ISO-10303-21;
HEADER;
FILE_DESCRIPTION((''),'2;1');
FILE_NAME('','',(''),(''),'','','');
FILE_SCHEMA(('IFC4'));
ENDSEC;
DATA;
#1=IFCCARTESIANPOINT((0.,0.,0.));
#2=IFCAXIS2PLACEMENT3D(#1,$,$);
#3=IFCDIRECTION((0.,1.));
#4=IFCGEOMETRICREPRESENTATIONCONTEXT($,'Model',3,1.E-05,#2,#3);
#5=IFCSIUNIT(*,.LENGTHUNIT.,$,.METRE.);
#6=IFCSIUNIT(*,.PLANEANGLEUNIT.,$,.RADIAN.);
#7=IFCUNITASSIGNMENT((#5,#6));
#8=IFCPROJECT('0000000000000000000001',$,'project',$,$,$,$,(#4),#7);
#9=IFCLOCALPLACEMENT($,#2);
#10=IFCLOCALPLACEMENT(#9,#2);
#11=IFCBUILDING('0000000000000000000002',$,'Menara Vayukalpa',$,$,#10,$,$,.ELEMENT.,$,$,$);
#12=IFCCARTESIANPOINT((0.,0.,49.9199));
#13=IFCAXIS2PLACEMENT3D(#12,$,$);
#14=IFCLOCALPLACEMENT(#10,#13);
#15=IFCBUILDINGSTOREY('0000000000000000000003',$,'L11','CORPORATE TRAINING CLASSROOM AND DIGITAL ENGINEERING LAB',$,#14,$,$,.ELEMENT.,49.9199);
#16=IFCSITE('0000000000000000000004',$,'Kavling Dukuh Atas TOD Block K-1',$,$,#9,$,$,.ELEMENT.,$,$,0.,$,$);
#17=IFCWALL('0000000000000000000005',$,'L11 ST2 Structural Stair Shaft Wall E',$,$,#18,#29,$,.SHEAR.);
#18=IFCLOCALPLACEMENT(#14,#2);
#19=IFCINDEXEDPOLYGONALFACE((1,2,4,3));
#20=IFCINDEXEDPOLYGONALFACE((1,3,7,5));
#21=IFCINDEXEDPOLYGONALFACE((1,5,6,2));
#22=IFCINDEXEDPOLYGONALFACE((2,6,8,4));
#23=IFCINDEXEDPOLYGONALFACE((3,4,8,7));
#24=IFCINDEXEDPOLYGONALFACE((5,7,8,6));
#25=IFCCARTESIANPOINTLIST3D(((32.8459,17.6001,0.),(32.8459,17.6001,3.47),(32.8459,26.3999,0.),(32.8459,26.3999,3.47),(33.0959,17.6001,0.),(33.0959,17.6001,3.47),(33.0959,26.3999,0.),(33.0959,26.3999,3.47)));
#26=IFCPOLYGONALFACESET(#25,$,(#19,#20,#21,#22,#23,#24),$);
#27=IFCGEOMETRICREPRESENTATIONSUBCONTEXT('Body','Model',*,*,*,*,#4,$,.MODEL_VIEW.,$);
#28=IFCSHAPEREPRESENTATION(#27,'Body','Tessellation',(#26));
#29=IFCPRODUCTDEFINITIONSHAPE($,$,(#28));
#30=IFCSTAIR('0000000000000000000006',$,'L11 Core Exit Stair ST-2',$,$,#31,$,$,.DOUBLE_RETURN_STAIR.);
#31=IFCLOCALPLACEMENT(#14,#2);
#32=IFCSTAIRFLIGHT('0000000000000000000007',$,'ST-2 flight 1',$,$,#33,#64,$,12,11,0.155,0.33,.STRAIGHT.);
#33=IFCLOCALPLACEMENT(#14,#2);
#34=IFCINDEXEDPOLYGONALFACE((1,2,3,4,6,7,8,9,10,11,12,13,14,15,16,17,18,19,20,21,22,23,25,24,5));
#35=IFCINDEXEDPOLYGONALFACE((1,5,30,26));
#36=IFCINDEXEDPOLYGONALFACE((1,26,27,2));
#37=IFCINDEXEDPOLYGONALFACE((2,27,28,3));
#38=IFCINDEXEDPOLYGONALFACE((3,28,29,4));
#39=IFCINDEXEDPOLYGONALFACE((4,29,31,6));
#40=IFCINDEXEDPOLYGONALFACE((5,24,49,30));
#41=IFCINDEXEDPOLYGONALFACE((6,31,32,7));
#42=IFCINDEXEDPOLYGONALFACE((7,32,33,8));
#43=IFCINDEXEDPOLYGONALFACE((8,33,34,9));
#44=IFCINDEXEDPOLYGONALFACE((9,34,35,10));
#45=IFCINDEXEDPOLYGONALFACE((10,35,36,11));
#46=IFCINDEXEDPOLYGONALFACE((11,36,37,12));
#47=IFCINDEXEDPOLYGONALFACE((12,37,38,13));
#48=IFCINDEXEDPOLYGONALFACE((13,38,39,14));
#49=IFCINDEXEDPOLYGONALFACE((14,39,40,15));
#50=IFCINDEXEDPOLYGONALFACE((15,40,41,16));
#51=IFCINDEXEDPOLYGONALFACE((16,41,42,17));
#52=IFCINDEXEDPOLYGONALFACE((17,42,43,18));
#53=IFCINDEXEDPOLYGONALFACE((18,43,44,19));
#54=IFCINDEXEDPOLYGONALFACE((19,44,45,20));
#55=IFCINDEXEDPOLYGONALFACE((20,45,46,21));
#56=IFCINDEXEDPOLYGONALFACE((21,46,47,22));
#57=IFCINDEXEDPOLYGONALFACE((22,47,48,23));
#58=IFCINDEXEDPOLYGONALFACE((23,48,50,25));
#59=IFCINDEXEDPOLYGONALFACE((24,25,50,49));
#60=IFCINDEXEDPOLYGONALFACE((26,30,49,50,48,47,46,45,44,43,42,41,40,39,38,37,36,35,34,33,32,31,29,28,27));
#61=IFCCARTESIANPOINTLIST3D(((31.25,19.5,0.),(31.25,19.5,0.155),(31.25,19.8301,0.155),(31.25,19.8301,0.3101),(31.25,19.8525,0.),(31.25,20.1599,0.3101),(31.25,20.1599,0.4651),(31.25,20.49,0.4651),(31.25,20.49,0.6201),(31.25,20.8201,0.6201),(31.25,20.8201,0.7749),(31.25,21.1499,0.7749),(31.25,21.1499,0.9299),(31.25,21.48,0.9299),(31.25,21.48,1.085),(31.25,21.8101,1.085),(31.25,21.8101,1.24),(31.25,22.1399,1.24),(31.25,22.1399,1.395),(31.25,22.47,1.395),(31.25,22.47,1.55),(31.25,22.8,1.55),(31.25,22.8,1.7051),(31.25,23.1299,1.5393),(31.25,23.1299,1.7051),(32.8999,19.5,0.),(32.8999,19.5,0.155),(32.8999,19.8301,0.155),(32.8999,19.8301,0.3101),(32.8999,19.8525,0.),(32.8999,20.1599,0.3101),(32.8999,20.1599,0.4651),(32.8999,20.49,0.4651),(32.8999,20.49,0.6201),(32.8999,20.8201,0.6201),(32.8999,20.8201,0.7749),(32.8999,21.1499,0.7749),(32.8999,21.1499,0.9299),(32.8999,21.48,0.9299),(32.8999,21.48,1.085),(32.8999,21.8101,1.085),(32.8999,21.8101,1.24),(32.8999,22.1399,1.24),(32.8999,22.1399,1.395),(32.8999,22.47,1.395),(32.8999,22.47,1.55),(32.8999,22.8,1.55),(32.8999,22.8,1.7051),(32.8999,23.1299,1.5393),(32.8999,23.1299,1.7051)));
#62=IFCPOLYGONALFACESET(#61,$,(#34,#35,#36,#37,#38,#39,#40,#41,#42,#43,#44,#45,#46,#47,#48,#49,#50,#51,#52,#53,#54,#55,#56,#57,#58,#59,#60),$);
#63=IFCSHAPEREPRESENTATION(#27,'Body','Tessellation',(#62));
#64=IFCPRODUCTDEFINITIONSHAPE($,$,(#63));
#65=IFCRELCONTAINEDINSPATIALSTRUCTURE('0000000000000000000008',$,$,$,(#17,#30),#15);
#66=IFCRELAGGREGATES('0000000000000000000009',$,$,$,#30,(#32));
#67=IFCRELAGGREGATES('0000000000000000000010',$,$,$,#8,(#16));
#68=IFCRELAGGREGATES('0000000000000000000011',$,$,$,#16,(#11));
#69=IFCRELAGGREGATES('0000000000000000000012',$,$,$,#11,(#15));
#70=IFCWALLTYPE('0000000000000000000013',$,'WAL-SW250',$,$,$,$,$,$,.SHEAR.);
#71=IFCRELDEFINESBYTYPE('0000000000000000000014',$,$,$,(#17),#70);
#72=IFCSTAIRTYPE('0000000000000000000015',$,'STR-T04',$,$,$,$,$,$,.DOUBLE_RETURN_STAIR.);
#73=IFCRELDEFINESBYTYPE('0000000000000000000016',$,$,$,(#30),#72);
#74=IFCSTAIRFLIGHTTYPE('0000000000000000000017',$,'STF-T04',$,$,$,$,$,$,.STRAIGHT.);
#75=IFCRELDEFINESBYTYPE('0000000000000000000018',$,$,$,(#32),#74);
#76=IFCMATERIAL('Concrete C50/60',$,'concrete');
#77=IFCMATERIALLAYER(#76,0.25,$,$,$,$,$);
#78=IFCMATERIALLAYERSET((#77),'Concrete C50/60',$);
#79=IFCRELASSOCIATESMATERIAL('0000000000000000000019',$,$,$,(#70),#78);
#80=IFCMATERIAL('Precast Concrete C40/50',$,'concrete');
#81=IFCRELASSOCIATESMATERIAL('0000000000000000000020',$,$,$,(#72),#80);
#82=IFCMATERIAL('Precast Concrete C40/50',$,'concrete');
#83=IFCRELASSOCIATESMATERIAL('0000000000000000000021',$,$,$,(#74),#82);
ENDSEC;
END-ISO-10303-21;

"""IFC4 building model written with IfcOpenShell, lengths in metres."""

from ifc_helpers import new_model, si_unit, direction, frame, frame_2d, origin, place, context, subcontext, project, spatial, polyline, rectangle, outline, extrude, material, layer, layer_set, type_object, element, aggregate, save


model = new_model("IFC4")

# Units and contexts
model_context = context("Model", 3, precision=1e-05, world=origin(), true_north=direction((0.0, 1.0)))
body_context = subcontext(model_context, "Body", "Model", "MODEL_VIEW")
ifc_project = project(units=[si_unit("LENGTHUNIT", "METRE"), si_unit("PLANEANGLEUNIT", "RADIAN")], contexts=[model_context])

# Site, building, storey
site_placement = place(None, origin())
site = spatial("IfcSite", under=ifc_project, at=site_placement, Name="Kavling Dukuh Atas TOD Block K-1", CompositionType="ELEMENT", RefElevation=0.0)
building_placement = place(site_placement, origin())
building = spatial("IfcBuilding", under=site, at=building_placement, Name="Menara Vayukalpa", CompositionType="ELEMENT")
storey_placement = place(building_placement, frame((0.0, 0.0, 49.9199)))
storey = spatial("IfcBuildingStorey", under=building, at=storey_placement, Name="L11", Description="CORPORATE TRAINING CLASSROOM AND DIGITAL ENGINEERING LAB", CompositionType="ELEMENT", Elevation=49.9199)

# Wall
ifc_material_1 = material(Name="Concrete C50/60", Category="concrete")
ifc_layer_1 = layer(ifc_material_1, 0.25)
ifc_layer_set_1 = layer_set([ifc_layer_1], Name="Concrete C50/60")
wall_type_1 = type_object("IfcWallType", Name="WAL-SW250", PredefinedType="SHEAR", material=ifc_layer_set_1)
wall_1_placement = place(storey_placement, frame((32.9709, 17.6001, 0.0), z_axis=(0.0, 0.0, 1.0), x_axis=(0.0, 1.0, 0.0)))
element("IfcWall", 1, at=wall_1_placement, inside=storey, type_object=wall_type_1, Name="L11 ST2 Structural Stair Shaft Wall E", PredefinedType="SHEAR", context=body_context, shape_type="SweptSolid", body=[
    extrude(rectangle(XDim=8.7998, YDim=0.25, at=frame_2d((4.3999, 0.0))), origin(), (0.0, 0.0, 1.0), 3.47),
])

# Stair, stair flight
ifc_material_2 = material(Name="Precast Concrete C40/50", Category="concrete")
stair_type = type_object("IfcStairType", Name="STR-T04", PredefinedType="DOUBLE_RETURN_STAIR", material=ifc_material_2)
stair_placement = place(storey_placement, origin())
stair = element("IfcStair", 2, at=stair_placement, inside=storey, type_object=stair_type, Name="L11 Core Exit Stair ST-2", PredefinedType="DOUBLE_RETURN_STAIR")
ifc_material_3 = material(Name="Precast Concrete C40/50", Category="concrete")
stair_flight_type = type_object("IfcStairFlightType", Name="STF-T04", PredefinedType="STRAIGHT", material=ifc_material_3)
stair_flight_placement = place(storey_placement, frame((32.075, 19.5, 0.0), z_axis=(0.0, 0.0, 1.0), x_axis=(0.0, 1.0, 0.0)))
stair_flight = element("IfcStairFlight", 3, at=stair_flight_placement, type_object=stair_flight_type, Name="ST-2 flight 1", NumberOfRisers=12, NumberOfTreads=11, PredefinedType="STRAIGHT", RiserHeight=0.155, TreadLength=0.33, context=body_context, shape_type="SweptSolid", body=[
    extrude(outline(polyline([(0.0, 0.0), (0.0, 0.155), (0.3301, 0.155), (0.3301, 0.3101), (0.6599, 0.3101), (0.6599, 0.4651), (0.99, 0.4651), (0.99, 0.6201), (1.3201, 0.6201), (1.3201, 0.7749), (1.6499, 0.7749), (1.6499, 0.9299), (1.98, 0.9299), (1.98, 1.085), (2.3101, 1.085), (2.3101, 1.24), (2.6399, 1.24), (2.6399, 1.395), (2.97, 1.395), (2.97, 1.55), (3.3, 1.55), (3.3, 1.7051), (3.6299, 1.7051), (3.6299, 1.8601), (3.6299, 1.5393), (0.3525, 0.0), (0.0, 0.0)])), frame((0.0, 0.825, 0.0), z_axis=(0.0, -1.0, 0.0), x_axis=(1.0, 0.0, 0.0)), (0.0, 0.0, 1.0), 1.6499),
])
aggregate(stair, [stair_flight])

save(model, "model.ifc")
